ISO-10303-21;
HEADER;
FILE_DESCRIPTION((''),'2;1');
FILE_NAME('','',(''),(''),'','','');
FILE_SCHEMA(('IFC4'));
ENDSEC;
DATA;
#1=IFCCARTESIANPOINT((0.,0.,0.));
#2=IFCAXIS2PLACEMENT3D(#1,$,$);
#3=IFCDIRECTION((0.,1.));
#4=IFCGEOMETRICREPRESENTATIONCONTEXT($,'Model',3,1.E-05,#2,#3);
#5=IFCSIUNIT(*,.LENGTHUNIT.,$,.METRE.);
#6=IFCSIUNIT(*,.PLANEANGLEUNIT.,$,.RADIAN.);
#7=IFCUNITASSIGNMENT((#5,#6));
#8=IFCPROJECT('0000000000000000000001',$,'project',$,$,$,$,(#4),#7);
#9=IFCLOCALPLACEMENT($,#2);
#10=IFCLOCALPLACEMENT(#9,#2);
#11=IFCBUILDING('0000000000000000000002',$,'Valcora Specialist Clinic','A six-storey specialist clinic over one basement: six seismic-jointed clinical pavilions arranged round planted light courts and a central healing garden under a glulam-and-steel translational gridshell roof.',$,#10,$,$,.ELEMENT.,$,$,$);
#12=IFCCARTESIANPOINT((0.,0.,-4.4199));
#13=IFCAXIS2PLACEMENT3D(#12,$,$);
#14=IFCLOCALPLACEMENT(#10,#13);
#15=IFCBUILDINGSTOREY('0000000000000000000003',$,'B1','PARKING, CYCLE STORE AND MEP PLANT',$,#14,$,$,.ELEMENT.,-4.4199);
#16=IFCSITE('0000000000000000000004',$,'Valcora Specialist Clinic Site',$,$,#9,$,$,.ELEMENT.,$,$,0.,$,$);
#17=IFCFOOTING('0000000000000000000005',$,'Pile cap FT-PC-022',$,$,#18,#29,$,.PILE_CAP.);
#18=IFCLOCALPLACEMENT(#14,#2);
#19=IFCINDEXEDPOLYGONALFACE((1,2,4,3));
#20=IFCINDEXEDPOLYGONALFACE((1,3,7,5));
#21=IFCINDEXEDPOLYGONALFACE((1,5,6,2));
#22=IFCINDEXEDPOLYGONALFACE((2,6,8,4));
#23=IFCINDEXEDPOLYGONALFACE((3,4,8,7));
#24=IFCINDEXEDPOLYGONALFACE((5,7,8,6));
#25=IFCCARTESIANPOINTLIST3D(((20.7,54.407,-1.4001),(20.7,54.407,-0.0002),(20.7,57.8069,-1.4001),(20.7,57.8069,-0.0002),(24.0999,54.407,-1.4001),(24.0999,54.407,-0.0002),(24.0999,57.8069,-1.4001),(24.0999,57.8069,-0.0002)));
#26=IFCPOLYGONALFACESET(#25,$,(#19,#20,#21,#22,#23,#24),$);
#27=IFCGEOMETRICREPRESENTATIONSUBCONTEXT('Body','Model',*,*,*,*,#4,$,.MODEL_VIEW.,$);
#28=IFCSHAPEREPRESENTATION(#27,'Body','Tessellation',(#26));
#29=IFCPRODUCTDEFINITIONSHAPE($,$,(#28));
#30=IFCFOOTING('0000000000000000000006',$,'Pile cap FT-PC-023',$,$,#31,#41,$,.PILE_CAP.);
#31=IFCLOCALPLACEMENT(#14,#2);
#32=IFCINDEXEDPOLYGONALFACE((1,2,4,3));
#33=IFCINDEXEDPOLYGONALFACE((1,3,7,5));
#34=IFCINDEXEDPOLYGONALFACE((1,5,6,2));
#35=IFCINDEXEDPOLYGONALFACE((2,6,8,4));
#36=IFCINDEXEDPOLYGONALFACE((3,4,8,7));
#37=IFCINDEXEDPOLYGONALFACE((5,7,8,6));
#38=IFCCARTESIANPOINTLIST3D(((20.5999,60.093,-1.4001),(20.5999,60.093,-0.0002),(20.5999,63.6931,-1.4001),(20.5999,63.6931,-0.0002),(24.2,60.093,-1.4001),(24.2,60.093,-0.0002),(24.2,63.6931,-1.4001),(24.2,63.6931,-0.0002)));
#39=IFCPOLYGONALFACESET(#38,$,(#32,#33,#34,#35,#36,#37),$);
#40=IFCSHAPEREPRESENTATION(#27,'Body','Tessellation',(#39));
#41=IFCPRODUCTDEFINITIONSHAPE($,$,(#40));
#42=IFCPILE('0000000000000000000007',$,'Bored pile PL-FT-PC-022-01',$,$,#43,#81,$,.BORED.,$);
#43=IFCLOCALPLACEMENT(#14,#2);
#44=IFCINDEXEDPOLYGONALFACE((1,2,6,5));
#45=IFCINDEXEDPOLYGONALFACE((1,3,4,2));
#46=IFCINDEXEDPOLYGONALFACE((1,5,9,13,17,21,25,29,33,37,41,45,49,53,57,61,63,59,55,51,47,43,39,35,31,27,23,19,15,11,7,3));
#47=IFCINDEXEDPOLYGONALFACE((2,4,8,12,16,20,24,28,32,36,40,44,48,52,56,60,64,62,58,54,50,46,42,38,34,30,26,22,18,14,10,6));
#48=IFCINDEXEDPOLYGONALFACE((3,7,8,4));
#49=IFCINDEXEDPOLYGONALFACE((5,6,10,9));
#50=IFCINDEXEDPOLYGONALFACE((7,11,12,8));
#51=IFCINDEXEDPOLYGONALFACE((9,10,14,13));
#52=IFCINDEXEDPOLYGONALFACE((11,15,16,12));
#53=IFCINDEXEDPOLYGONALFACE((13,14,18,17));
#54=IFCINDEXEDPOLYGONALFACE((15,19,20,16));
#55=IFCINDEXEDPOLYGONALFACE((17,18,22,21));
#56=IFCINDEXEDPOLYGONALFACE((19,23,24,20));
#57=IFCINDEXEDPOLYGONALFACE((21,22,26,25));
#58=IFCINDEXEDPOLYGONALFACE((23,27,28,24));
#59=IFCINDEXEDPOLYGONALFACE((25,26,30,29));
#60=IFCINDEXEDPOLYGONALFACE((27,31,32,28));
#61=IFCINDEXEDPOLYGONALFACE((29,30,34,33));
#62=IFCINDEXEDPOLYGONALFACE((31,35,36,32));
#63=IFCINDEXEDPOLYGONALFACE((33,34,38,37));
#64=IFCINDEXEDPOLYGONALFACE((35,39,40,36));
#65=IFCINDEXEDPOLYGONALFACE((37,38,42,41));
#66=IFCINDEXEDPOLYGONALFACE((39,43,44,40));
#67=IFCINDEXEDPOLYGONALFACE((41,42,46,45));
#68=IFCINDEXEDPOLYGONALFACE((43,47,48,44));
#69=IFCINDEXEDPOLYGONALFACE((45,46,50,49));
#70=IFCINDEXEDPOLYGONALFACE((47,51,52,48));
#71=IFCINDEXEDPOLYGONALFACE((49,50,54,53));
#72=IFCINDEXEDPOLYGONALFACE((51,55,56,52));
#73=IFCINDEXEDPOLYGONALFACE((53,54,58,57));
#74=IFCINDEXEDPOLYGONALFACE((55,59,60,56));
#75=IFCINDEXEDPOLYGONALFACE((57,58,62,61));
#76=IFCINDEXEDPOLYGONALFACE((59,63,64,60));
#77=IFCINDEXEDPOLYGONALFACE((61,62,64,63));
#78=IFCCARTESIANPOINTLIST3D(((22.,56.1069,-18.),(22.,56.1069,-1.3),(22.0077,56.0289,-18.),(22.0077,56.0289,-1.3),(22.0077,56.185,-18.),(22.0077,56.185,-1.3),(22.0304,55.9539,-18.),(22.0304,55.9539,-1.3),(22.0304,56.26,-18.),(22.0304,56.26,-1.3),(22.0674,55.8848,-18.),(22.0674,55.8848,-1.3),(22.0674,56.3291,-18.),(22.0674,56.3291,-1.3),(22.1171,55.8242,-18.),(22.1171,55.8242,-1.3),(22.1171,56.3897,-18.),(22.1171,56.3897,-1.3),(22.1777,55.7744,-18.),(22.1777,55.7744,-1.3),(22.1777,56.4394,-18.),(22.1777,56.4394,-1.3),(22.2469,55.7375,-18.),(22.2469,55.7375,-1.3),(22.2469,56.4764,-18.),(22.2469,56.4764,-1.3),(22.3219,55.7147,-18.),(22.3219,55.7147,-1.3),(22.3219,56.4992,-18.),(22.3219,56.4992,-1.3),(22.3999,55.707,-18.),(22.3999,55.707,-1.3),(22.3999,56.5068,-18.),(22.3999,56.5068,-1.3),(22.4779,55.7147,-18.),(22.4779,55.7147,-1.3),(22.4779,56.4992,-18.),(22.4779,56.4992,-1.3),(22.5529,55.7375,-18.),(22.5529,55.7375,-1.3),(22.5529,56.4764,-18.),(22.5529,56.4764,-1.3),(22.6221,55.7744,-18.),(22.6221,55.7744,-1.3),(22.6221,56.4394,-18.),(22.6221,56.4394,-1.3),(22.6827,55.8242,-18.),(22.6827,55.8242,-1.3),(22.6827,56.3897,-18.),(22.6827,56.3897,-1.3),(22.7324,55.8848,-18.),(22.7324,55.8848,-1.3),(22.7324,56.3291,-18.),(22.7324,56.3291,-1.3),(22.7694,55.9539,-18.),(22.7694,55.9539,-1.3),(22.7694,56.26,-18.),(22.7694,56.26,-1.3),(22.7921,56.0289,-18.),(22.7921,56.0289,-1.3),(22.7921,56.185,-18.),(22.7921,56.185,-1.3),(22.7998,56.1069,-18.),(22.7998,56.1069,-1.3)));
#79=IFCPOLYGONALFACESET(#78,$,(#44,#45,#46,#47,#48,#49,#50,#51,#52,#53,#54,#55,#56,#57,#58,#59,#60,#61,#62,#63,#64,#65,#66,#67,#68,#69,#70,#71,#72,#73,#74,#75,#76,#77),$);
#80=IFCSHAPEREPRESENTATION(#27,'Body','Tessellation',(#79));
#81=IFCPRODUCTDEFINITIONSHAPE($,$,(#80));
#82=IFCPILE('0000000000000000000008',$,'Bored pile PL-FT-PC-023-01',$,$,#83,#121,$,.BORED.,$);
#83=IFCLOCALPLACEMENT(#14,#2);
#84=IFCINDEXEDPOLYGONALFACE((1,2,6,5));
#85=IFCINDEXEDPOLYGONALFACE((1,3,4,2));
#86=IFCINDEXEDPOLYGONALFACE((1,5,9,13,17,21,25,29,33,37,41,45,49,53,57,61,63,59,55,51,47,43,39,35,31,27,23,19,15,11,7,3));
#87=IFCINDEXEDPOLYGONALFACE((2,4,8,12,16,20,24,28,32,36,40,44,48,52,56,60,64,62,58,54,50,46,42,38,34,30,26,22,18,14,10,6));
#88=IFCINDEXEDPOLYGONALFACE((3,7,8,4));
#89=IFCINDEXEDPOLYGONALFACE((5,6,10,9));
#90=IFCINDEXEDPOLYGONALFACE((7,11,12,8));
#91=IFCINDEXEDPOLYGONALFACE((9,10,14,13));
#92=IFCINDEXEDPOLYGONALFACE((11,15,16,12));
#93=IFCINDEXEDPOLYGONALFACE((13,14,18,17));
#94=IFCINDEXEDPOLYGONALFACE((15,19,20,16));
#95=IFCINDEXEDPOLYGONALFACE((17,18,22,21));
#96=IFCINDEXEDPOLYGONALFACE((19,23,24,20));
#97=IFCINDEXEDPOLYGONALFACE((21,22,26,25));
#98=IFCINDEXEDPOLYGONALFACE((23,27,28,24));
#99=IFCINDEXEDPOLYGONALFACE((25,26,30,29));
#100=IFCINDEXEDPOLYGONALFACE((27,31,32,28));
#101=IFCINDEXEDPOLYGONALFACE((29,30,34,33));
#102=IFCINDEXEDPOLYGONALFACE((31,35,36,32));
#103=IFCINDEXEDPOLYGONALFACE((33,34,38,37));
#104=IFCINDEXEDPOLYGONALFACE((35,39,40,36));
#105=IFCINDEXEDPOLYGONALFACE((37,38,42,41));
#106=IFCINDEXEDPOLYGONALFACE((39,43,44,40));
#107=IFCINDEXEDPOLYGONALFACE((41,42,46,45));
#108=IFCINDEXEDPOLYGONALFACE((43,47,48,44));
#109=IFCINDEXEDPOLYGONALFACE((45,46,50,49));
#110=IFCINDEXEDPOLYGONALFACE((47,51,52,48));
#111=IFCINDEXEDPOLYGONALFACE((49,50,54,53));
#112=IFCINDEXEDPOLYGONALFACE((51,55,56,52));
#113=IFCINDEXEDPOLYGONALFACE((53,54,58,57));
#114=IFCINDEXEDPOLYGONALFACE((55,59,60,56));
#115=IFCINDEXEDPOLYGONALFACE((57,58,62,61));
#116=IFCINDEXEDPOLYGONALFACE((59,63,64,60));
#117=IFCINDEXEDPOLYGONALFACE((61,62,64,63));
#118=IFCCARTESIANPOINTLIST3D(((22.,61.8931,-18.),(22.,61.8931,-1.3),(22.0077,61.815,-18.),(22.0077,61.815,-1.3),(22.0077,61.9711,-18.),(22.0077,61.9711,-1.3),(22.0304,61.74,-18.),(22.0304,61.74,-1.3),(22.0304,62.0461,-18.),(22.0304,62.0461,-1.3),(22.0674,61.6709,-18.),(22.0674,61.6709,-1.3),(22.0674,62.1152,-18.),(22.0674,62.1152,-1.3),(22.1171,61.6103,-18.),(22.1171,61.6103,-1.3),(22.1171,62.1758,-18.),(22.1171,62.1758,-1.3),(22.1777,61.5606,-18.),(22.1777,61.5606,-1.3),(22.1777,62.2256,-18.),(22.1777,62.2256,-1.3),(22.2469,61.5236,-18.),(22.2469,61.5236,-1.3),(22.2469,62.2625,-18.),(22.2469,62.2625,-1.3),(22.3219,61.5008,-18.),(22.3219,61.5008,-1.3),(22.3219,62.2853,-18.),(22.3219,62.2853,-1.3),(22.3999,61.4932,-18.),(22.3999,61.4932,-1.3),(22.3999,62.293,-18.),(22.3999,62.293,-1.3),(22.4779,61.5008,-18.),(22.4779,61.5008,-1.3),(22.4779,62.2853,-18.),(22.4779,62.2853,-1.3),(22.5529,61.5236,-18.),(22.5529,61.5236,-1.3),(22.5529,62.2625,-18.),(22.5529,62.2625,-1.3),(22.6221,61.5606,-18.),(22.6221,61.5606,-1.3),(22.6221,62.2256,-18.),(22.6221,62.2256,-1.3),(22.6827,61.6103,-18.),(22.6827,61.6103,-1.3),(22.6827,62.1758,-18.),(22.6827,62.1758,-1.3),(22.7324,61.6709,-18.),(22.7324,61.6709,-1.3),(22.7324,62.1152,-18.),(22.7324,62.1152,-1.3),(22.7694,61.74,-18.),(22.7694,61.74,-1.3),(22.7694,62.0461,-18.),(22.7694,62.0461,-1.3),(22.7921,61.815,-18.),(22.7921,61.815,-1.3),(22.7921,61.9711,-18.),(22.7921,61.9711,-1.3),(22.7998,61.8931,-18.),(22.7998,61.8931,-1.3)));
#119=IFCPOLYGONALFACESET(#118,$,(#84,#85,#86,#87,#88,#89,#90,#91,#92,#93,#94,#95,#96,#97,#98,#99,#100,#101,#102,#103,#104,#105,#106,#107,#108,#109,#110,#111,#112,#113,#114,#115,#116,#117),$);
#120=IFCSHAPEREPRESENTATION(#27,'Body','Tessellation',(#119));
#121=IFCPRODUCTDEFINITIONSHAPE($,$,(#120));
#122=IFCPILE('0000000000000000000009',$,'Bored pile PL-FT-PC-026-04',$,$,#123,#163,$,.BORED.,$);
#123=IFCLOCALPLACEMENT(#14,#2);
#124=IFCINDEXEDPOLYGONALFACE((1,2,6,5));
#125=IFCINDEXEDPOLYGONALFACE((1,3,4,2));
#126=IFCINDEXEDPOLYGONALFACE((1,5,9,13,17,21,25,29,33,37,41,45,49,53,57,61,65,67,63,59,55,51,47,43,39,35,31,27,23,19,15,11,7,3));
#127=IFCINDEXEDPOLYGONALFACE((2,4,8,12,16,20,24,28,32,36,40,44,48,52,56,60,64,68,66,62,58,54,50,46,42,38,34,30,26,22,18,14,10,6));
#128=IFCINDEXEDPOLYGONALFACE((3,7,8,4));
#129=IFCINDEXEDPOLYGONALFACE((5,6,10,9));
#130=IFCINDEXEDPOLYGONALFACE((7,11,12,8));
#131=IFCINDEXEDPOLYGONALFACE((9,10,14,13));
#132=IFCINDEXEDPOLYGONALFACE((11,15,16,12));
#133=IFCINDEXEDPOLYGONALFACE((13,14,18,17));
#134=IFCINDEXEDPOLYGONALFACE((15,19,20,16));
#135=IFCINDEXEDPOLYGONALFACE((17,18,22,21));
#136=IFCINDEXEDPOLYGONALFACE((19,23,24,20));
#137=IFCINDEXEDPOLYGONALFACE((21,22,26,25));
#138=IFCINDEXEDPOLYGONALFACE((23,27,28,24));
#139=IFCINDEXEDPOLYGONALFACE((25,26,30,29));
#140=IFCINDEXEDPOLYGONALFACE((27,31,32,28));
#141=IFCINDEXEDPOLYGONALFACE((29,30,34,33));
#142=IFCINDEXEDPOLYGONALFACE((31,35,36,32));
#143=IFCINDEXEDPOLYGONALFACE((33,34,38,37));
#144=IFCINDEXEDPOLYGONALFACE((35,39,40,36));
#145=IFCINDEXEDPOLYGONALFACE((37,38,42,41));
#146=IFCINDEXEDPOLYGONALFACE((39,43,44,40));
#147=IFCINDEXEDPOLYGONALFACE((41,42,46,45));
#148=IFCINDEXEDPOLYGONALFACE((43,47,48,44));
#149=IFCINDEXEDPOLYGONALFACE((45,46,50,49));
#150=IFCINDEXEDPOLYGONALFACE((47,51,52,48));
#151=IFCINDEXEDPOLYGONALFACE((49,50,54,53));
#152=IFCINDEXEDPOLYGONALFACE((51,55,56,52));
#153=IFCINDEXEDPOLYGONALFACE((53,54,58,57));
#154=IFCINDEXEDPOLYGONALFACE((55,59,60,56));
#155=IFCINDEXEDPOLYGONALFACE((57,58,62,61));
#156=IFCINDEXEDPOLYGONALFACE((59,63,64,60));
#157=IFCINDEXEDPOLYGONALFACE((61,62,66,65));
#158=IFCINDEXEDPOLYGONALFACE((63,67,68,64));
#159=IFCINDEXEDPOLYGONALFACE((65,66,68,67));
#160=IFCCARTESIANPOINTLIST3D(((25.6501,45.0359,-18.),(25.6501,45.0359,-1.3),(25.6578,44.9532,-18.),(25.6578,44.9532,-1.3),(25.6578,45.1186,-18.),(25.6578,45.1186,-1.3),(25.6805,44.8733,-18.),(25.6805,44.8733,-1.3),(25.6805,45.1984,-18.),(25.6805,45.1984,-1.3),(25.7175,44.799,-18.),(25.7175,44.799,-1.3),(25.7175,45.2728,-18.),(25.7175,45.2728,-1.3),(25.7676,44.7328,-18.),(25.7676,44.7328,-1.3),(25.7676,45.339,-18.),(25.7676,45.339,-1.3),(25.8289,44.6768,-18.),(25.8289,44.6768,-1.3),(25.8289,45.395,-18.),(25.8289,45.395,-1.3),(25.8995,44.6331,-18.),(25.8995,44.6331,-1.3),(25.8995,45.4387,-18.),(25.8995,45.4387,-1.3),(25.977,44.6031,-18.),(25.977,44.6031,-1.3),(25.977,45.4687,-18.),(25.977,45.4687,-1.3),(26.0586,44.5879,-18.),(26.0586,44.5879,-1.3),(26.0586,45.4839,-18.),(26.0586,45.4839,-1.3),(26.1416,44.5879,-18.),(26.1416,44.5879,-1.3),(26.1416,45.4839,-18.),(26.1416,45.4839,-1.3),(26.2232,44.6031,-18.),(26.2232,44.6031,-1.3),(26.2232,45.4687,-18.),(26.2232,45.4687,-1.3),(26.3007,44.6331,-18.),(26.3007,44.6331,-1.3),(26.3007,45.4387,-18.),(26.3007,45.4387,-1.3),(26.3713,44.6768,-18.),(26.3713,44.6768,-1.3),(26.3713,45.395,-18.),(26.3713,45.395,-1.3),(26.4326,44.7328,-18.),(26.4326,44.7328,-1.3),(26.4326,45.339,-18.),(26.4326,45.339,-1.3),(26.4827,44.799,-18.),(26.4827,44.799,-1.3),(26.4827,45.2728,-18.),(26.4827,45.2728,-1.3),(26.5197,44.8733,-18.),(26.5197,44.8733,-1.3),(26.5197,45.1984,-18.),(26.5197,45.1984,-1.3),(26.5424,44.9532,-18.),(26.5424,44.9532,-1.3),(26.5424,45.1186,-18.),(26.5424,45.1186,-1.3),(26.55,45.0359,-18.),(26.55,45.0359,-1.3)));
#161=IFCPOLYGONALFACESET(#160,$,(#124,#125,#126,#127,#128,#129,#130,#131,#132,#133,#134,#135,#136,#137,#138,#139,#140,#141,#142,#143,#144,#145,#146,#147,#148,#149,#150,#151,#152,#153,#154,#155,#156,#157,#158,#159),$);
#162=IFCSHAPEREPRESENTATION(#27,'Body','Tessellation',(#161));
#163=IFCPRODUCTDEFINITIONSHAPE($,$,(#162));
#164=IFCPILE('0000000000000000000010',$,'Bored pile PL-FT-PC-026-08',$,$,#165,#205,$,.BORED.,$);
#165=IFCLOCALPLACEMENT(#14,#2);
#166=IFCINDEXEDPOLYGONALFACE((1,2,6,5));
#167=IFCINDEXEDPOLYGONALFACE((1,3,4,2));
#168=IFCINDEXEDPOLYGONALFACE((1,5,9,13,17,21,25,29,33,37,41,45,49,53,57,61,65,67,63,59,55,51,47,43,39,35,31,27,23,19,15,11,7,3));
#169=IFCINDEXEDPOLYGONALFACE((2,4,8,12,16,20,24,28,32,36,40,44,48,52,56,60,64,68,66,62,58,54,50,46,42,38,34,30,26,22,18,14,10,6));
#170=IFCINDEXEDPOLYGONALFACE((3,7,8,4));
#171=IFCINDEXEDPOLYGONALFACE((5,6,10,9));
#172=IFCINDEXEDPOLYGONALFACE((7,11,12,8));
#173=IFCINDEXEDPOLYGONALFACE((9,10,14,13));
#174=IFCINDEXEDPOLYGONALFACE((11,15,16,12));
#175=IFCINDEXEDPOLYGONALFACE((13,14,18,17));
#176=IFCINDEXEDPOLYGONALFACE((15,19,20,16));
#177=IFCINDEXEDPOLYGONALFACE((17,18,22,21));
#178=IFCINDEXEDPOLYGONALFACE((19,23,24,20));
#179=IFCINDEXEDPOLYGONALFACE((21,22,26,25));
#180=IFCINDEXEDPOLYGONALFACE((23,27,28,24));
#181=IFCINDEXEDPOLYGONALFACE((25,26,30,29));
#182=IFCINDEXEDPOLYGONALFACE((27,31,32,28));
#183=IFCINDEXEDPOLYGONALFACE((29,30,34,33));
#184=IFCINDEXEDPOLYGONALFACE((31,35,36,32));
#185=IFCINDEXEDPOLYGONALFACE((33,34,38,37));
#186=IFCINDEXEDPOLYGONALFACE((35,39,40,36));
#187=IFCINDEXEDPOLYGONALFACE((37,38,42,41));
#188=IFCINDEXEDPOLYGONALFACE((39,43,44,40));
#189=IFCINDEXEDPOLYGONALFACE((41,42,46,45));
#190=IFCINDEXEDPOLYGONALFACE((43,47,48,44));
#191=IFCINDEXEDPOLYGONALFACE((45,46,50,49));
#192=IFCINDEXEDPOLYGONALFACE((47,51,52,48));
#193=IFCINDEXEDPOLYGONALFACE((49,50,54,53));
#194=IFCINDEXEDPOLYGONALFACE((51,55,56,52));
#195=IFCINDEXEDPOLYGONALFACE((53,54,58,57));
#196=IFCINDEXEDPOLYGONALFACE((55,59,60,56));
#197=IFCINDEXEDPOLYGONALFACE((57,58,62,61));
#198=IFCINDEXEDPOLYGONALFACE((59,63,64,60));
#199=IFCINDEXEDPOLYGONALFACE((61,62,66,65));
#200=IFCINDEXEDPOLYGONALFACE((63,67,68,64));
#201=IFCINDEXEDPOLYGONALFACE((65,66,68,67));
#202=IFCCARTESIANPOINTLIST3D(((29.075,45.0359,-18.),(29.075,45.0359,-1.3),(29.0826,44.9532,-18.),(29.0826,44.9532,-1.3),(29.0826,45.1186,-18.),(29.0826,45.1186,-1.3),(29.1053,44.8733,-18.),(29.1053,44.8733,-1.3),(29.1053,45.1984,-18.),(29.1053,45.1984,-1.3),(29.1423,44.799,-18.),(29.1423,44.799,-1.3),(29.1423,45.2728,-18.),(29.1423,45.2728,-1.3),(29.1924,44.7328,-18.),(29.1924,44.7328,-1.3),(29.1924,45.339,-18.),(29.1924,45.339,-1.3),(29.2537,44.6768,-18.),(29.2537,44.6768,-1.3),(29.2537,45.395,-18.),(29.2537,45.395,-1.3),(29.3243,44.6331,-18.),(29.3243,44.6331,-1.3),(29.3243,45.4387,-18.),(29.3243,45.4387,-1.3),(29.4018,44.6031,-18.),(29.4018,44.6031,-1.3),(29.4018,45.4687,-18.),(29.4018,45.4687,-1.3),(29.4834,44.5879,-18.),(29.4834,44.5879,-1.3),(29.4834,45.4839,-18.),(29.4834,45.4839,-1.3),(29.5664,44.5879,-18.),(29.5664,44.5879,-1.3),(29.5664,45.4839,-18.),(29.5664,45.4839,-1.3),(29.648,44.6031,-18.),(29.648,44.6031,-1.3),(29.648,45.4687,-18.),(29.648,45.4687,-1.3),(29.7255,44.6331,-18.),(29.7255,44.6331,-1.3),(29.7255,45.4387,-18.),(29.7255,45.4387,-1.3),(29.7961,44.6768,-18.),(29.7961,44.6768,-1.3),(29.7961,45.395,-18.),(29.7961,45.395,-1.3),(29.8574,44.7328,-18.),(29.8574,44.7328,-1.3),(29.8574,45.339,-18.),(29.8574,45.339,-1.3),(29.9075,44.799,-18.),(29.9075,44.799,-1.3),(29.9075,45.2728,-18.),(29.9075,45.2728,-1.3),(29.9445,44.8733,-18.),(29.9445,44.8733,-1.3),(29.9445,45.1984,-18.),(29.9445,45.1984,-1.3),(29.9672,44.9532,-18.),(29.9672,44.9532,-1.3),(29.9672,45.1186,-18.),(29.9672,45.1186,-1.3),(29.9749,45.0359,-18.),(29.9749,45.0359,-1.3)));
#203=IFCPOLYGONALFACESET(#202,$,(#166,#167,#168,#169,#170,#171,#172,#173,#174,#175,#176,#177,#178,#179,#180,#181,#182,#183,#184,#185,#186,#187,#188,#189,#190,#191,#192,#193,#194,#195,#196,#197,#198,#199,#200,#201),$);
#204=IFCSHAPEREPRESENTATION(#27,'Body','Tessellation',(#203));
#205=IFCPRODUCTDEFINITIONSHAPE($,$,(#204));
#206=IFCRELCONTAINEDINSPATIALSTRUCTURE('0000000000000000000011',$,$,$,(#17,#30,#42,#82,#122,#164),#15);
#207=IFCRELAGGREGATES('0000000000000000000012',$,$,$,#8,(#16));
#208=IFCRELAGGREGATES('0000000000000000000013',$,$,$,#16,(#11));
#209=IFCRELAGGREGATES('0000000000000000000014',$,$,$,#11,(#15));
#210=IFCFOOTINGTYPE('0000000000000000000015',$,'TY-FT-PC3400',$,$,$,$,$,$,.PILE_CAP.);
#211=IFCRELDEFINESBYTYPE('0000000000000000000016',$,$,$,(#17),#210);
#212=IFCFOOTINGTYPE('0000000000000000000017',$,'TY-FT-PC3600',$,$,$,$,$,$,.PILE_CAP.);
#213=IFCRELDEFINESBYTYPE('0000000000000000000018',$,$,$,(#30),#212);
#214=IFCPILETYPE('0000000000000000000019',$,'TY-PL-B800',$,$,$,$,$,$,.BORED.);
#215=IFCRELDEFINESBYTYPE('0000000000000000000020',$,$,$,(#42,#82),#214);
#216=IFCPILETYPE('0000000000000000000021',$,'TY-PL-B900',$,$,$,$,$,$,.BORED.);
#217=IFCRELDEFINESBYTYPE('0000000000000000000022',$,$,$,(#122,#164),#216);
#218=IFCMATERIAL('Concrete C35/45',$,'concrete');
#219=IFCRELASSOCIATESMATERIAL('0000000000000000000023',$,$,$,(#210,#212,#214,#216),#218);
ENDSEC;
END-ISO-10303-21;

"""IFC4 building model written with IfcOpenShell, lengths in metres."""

from ifc_helpers import new_model, si_unit, direction, frame, origin, origin_2d, place, context, subcontext, project, spatial, rectangle, circle, extrude, material, material_profile, profile_set, type_object, element, save


model = new_model("IFC4")

# Units and contexts
model_context = context("Model", 3, precision=1e-05, world=origin(), true_north=direction((0.0, 1.0)))
body_context = subcontext(model_context, "Body", "Model", "MODEL_VIEW")
ifc_project = project(units=[si_unit("LENGTHUNIT", "METRE"), si_unit("PLANEANGLEUNIT", "RADIAN")], contexts=[model_context])

# Site, building, storey
site_placement = place(None, origin())
site = spatial("IfcSite", under=ifc_project, at=site_placement, Name="Valcora Specialist Clinic Site", CompositionType="ELEMENT", RefElevation=0.0)
building_placement = place(site_placement, origin())
building = spatial("IfcBuilding", under=site, at=building_placement, Name="Valcora Specialist Clinic", Description="A six-storey specialist clinic over one basement: six seismic-jointed clinical pavilions arranged round planted light courts and a central healing garden under a glulam-and-steel translational gridshell roof.", CompositionType="ELEMENT")
storey_placement = place(building_placement, frame((0.0, 0.0, -4.4199)))
storey = spatial("IfcBuildingStorey", under=building, at=storey_placement, Name="B1", Description="PARKING, CYCLE STORE AND MEP PLANT", CompositionType="ELEMENT", Elevation=-4.4199)

# Footings
ifc_material_1 = material(Name="Concrete C35/45", Category="concrete")
footing_type_1 = type_object("IfcFootingType", Name="TY-FT-PC3400", PredefinedType="PILE_CAP", material=ifc_material_1)
footing_1_placement = place(storey_placement, frame((22.3999, 56.1069, -1.4001), z_axis=(0.0, 0.0, 1.0), x_axis=(1.0, 0.0, 0.0)))
element("IfcFooting", 1, at=footing_1_placement, inside=storey, type_object=footing_type_1, Name="Pile cap FT-PC-022", PredefinedType="PILE_CAP", context=body_context, shape_type="SweptSolid", body=[
    extrude(rectangle(XDim=3.3999, YDim=3.3999, at=origin_2d()), origin(), (0.0, 0.0, 1.0), 1.3999),
])
footing_type_2 = type_object("IfcFootingType", Name="TY-FT-PC3600", PredefinedType="PILE_CAP", material=ifc_material_1)
footing_2_placement = place(storey_placement, frame((22.3999, 61.8931, -1.4001), z_axis=(0.0, 0.0, 1.0), x_axis=(1.0, 0.0, 0.0)))
element("IfcFooting", 2, at=footing_2_placement, inside=storey, type_object=footing_type_2, Name="Pile cap FT-PC-023", PredefinedType="PILE_CAP", context=body_context, shape_type="SweptSolid", body=[
    extrude(rectangle(XDim=3.6001, YDim=3.6001, at=origin_2d()), origin(), (0.0, 0.0, 1.0), 1.3999),
])

# Piles
ifc_material_profile_1 = material_profile(ifc_material_1, circle(Radius=0.3999, at=origin_2d()), Name="RC-PIL-D800")
ifc_profile_set_1 = profile_set([ifc_material_profile_1], Name="Concrete C35/45")
pile_type_1 = type_object("IfcPileType", Name="TY-PL-B800", PredefinedType="BORED", material=ifc_profile_set_1)
for number, where, z_axis, x_axis, name in (
    (3, (22.3999, 56.1069, -1.3), (0.0, 0.0, -1.0), (1.0, 0.0, 0.0), "Bored pile PL-FT-PC-022-01"),
    (4, (22.3999, 61.8931, -1.3), (0.0, 0.0, -1.0), (1.0, 0.0, 0.0), "Bored pile PL-FT-PC-023-01"),
):
    element("IfcPile", number, at=place(storey_placement, frame(where, z_axis=z_axis, x_axis=x_axis)), inside=storey, type_object=pile_type_1, Name=name, PredefinedType="BORED", context=body_context, shape_type="SweptSolid", body=[
        extrude(circle(Radius=0.3999, at=origin_2d()), origin(), (0.0, 0.0, 1.0), 16.7),
    ])
ifc_material_profile_2 = material_profile(ifc_material_1, circle(Radius=0.45, at=origin_2d()), Name="RC-PIL-D900")
ifc_profile_set_2 = profile_set([ifc_material_profile_2], Name="Concrete C35/45")
pile_type_2 = type_object("IfcPileType", Name="TY-PL-B900", PredefinedType="BORED", material=ifc_profile_set_2)
for number, where, z_axis, x_axis, name in (
    (5, (26.1001, 45.0359, -1.3), (0.0, 0.0, -1.0), (1.0, 0.0, 0.0), "Bored pile PL-FT-PC-026-04"),
    (6, (29.5249, 45.0359, -1.3), (0.0, 0.0, -1.0), (1.0, 0.0, 0.0), "Bored pile PL-FT-PC-026-08"),
):
    element("IfcPile", number, at=place(storey_placement, frame(where, z_axis=z_axis, x_axis=x_axis)), inside=storey, type_object=pile_type_2, Name=name, PredefinedType="BORED", context=body_context, shape_type="SweptSolid", body=[
        extrude(circle(Radius=0.45, at=origin_2d()), origin(), (0.0, 0.0, 1.0), 16.7),
    ])

save(model, "model.ifc")
